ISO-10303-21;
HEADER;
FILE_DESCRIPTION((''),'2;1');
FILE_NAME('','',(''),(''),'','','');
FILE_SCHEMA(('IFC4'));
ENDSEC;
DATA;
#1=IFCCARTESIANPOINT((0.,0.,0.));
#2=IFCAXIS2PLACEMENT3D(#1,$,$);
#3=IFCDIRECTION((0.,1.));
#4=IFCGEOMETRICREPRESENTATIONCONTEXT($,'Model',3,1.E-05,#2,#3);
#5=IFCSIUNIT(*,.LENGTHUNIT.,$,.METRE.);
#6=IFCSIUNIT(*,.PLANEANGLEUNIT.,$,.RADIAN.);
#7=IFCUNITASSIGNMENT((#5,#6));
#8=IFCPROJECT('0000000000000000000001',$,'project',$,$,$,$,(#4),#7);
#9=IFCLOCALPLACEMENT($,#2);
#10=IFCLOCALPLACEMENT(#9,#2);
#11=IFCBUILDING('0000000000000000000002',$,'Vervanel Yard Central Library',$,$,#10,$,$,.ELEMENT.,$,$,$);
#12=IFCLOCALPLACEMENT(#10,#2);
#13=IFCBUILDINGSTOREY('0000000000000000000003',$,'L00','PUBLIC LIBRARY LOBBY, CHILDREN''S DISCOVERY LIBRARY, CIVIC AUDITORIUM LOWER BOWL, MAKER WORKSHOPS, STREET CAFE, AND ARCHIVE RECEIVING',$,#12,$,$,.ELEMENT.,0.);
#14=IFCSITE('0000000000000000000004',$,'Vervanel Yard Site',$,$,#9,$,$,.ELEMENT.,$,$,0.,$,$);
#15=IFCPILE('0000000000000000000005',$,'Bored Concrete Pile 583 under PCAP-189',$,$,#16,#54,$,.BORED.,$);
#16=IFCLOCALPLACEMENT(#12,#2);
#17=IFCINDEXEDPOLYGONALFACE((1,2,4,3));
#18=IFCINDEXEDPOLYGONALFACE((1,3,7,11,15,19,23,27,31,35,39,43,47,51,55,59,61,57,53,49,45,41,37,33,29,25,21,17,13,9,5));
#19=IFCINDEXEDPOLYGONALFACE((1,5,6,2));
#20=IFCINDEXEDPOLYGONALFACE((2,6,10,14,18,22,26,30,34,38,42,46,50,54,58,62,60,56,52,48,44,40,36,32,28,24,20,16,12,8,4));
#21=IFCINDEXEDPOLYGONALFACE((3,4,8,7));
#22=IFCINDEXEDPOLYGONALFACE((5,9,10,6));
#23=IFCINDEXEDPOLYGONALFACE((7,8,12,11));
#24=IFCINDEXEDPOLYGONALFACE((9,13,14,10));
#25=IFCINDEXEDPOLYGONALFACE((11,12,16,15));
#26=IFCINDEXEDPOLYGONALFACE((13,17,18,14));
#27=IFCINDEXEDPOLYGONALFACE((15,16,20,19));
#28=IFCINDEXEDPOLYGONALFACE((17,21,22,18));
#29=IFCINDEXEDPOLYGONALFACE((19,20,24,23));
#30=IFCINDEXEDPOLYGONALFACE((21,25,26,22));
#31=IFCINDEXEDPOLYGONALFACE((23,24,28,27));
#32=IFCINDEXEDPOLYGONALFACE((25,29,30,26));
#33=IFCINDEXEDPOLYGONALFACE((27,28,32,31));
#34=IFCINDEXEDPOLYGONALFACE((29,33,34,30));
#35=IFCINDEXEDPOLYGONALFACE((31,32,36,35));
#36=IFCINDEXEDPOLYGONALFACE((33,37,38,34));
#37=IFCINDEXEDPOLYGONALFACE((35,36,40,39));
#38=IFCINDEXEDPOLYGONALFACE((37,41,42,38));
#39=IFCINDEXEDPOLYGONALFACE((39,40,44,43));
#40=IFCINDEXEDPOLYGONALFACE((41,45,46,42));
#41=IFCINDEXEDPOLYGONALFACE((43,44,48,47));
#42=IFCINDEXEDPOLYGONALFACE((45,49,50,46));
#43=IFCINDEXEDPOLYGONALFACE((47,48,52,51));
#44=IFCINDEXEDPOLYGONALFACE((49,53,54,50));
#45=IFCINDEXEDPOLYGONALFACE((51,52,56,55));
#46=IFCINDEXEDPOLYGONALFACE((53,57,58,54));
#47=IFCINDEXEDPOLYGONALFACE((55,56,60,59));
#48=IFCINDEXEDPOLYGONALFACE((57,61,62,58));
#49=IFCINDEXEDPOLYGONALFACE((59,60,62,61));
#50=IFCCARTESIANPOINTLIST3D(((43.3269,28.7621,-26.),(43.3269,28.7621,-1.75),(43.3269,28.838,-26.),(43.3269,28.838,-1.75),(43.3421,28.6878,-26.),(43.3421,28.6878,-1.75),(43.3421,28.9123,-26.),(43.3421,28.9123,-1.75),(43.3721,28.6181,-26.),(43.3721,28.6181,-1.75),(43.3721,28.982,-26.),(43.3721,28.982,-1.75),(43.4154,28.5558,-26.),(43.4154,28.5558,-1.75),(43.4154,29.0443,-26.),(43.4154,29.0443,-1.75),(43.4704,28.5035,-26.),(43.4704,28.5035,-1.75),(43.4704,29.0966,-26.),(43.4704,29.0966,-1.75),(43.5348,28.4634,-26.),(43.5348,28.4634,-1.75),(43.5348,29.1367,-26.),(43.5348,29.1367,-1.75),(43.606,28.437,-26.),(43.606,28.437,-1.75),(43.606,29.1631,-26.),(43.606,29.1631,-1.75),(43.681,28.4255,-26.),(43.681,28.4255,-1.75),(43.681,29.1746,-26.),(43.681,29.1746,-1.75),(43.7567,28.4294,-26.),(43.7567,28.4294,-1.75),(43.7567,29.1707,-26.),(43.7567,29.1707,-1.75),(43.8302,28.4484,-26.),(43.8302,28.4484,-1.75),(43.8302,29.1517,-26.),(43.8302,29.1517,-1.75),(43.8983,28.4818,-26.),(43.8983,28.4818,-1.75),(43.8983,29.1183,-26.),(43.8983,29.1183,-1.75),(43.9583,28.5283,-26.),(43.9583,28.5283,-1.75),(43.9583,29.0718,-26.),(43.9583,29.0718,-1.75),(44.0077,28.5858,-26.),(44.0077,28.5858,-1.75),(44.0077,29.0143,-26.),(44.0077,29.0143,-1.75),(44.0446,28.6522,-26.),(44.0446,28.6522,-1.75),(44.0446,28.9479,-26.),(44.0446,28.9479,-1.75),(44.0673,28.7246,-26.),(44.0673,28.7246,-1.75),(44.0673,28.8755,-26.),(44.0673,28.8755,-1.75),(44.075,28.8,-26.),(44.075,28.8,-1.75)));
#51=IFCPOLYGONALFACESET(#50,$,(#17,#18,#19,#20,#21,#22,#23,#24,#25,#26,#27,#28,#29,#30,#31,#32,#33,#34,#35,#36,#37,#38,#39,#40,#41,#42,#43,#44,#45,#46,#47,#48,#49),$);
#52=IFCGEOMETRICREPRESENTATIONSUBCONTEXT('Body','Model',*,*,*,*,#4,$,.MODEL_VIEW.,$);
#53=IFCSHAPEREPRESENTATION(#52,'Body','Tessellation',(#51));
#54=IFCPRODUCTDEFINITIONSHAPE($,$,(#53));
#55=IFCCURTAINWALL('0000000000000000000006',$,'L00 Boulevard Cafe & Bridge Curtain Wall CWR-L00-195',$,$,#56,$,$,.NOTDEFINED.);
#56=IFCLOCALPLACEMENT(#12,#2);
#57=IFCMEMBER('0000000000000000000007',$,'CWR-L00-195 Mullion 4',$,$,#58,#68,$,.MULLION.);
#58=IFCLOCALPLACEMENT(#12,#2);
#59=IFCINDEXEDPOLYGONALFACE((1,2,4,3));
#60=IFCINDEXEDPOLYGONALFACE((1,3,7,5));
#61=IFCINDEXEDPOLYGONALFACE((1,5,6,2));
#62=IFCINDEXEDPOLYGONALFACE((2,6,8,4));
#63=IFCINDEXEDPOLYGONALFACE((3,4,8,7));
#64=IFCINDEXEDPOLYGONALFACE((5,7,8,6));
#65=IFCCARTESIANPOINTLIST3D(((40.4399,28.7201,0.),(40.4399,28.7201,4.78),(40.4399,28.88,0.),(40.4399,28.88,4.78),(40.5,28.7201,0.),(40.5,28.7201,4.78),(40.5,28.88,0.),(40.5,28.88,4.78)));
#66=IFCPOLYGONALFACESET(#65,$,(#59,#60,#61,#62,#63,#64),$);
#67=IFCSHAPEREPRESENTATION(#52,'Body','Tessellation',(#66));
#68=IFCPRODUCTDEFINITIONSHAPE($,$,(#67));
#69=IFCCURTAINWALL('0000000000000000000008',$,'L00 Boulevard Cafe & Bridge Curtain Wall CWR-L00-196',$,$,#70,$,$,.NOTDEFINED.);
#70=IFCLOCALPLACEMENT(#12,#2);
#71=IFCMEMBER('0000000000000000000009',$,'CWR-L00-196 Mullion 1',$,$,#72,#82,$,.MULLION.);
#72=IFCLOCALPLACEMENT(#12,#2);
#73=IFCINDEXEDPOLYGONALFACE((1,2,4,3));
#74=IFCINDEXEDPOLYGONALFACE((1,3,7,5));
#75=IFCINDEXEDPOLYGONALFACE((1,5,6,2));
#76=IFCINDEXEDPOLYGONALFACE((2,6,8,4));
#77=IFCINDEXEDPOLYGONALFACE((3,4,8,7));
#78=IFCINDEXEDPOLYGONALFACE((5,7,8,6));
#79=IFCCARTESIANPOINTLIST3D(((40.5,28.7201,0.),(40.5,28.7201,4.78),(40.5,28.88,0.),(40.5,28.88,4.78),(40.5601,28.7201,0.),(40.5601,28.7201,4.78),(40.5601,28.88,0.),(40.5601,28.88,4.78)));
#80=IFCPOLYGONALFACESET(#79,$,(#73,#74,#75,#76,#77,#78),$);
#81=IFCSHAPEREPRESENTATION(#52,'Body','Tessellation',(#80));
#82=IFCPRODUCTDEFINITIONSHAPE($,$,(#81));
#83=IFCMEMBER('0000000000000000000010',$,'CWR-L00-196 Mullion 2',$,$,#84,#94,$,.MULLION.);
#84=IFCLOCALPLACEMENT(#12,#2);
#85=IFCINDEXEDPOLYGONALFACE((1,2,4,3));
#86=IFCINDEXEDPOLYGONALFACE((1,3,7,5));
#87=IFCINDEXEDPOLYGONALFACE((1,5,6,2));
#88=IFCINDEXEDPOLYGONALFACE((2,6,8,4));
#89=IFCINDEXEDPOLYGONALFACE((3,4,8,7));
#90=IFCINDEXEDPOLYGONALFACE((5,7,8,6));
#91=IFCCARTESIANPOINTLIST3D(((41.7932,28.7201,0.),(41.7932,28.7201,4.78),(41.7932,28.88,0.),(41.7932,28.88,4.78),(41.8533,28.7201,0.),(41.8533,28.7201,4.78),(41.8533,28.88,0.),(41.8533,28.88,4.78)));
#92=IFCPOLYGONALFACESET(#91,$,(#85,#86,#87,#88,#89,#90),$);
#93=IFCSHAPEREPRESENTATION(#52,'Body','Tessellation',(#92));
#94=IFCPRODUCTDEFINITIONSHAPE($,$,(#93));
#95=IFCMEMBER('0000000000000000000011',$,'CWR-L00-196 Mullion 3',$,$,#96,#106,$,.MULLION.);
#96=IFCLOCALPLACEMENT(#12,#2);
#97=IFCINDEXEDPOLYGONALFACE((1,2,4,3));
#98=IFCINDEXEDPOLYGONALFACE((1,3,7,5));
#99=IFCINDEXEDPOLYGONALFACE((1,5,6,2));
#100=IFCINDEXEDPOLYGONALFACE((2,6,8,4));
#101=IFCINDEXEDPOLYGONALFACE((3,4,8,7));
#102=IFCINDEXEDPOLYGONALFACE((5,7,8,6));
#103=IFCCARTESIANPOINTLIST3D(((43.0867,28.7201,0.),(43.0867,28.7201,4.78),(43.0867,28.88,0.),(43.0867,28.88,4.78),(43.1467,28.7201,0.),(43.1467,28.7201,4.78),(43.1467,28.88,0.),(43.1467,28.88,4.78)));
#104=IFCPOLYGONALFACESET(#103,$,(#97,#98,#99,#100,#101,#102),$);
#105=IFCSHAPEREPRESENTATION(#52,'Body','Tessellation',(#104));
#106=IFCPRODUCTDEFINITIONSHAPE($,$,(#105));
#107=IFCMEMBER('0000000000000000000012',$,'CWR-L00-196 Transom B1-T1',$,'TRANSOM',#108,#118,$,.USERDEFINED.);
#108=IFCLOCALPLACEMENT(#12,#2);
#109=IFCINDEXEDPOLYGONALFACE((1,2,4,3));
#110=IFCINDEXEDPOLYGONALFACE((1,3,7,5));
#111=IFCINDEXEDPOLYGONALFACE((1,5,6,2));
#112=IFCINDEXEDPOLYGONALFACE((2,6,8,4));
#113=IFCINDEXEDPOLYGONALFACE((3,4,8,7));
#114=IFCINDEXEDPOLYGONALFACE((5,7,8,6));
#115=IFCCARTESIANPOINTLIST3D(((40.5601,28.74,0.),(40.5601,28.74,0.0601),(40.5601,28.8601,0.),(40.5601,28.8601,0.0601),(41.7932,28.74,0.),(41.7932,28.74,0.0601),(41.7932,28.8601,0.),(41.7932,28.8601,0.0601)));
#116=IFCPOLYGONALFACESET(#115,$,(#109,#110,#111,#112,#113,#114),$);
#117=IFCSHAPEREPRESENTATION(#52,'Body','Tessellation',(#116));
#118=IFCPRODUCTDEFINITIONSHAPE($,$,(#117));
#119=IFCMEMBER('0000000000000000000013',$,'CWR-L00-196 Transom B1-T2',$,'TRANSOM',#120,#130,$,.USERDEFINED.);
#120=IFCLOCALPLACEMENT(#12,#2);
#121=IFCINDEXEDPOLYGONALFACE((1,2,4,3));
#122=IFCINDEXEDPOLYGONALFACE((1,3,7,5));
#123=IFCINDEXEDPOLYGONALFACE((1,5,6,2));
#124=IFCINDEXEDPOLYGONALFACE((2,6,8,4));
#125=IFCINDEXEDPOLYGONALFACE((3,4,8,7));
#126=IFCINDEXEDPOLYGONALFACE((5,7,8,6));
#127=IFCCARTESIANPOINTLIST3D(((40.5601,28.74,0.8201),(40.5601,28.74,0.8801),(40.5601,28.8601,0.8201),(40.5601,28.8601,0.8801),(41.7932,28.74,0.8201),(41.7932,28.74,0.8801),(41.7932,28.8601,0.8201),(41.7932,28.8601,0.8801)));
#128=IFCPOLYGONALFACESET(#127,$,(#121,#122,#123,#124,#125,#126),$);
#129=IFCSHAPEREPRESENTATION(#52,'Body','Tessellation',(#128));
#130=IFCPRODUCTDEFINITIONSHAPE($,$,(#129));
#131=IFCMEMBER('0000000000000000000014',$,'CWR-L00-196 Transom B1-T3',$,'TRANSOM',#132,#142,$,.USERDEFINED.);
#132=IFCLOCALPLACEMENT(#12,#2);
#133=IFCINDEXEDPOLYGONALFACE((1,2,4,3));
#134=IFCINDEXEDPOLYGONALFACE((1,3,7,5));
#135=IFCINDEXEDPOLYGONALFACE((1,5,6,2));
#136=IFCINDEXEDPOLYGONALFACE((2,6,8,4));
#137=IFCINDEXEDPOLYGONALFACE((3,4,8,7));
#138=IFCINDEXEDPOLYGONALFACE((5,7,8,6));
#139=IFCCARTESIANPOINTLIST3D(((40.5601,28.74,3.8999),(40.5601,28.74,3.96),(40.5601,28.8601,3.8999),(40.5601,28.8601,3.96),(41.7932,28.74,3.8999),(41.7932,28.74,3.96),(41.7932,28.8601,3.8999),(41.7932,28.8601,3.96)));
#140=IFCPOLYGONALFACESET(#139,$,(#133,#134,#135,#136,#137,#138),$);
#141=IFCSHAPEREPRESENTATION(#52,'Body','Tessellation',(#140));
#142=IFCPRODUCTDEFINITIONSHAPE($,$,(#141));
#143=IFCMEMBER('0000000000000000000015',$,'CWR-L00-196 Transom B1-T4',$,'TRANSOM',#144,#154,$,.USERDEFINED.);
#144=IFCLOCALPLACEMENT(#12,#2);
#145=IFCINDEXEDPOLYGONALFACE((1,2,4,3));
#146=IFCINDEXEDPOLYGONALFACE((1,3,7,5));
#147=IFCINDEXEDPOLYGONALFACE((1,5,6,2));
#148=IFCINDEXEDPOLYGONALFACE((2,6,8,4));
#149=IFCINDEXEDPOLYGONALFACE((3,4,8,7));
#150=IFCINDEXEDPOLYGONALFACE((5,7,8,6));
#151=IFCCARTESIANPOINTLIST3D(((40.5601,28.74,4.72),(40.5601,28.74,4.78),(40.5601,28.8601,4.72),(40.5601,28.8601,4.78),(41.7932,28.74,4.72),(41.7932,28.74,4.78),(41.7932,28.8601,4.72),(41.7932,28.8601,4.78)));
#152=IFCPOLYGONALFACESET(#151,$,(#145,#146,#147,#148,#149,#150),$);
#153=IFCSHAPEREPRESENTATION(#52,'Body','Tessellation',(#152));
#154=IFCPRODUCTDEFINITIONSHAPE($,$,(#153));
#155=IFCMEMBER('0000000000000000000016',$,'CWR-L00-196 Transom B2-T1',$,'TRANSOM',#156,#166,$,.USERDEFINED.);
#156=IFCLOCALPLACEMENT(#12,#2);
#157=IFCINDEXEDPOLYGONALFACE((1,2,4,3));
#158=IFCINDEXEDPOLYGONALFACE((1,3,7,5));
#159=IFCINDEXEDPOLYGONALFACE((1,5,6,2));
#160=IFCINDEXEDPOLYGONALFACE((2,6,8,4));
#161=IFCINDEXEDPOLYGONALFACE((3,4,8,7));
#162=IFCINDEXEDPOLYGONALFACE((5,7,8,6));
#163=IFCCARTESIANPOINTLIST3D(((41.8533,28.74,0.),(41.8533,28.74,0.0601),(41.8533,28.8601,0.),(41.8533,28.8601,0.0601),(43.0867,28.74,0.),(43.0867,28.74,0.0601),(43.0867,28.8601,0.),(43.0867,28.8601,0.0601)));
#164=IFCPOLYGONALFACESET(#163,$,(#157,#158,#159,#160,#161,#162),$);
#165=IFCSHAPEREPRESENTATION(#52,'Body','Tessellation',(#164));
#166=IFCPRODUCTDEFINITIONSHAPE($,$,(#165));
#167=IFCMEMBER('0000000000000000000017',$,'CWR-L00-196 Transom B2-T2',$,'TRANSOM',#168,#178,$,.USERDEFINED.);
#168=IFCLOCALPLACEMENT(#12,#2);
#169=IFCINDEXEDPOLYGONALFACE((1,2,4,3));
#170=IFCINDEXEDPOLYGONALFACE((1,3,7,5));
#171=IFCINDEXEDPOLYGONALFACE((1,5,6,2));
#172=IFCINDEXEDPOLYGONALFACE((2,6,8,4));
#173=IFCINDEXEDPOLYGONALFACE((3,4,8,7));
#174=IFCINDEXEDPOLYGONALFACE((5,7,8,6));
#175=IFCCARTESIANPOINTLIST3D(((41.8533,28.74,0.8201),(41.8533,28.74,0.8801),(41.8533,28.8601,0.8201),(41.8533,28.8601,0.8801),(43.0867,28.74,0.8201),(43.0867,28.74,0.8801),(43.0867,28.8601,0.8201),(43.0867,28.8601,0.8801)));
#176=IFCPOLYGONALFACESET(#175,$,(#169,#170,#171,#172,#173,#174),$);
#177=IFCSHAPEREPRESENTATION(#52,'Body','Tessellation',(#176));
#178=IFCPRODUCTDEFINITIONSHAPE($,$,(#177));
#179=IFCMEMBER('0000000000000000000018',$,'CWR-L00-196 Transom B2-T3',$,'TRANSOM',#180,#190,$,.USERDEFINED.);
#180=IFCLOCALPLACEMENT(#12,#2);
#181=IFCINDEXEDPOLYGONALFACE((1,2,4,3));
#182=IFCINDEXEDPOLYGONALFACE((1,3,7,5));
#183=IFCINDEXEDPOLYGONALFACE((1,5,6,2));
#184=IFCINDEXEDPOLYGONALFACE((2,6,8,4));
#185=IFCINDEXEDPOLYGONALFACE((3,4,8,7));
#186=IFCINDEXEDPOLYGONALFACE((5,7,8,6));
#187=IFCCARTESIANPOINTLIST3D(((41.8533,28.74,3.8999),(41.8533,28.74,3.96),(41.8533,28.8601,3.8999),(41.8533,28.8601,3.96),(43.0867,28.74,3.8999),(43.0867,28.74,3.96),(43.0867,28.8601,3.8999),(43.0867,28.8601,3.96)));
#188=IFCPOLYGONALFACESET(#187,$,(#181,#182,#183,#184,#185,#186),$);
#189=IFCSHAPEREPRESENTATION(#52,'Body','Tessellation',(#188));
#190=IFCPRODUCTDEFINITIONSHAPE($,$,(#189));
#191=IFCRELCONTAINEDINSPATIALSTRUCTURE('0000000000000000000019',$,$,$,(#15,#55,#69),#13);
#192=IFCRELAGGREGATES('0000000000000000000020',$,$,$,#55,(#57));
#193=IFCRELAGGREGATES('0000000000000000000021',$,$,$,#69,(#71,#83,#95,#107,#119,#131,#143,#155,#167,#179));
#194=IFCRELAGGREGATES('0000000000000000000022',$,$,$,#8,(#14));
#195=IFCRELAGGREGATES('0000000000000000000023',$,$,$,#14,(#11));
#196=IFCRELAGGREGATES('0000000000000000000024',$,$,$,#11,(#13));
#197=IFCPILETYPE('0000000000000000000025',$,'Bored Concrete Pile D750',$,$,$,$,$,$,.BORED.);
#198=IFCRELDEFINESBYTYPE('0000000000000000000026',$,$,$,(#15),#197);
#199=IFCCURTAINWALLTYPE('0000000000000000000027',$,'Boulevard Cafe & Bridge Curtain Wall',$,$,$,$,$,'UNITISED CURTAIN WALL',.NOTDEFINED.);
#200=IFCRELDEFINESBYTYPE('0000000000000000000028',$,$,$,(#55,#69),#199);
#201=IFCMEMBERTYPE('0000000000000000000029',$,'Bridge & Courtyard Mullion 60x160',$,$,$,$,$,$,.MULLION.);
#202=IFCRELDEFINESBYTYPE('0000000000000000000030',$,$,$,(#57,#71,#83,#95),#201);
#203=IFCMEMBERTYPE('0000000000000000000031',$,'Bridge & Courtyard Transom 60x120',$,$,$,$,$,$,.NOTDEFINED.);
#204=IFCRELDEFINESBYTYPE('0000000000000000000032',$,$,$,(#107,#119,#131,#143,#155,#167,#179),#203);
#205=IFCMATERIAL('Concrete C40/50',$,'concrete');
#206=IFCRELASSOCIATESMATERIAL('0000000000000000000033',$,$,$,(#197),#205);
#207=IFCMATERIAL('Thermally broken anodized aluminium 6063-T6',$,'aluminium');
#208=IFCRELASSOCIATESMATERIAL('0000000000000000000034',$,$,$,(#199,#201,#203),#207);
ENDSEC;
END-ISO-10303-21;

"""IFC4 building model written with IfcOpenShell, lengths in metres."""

from ifc_helpers import new_model, si_unit, direction, frame, origin, origin_2d, place, context, subcontext, project, spatial, rectangle, circle, extrude, material, material_profile, profile_set, type_object, element, aggregate, save


model = new_model("IFC4")

# Units and contexts
model_context = context("Model", 3, precision=1e-05, world=origin(), true_north=direction((0.0, 1.0)))
body_context = subcontext(model_context, "Body", "Model", "MODEL_VIEW")
ifc_project = project(units=[si_unit("LENGTHUNIT", "METRE"), si_unit("PLANEANGLEUNIT", "RADIAN")], contexts=[model_context])

# Site, building, storey
site_placement = place(None, origin())
site = spatial("IfcSite", under=ifc_project, at=site_placement, Name="Vervanel Yard Site", CompositionType="ELEMENT", RefElevation=0.0)
building_placement = place(site_placement, origin())
building = spatial("IfcBuilding", under=site, at=building_placement, Name="Vervanel Yard Central Library", CompositionType="ELEMENT")
storey_placement = place(building_placement, origin())
storey = spatial("IfcBuildingStorey", under=building, at=storey_placement, Name="L00", Description="PUBLIC LIBRARY LOBBY, CHILDREN'S DISCOVERY LIBRARY, CIVIC AUDITORIUM LOWER BOWL, MAKER WORKSHOPS, STREET CAFE, AND ARCHIVE RECEIVING", CompositionType="ELEMENT", Elevation=0.0)

# Pile
ifc_material_1 = material(Name="Concrete C40/50", Category="concrete")
ifc_material_profile_1 = material_profile(ifc_material_1, circle(Radius=0.375, at=origin_2d()), Name="BP D750", Category="concrete")
ifc_profile_set_1 = profile_set([ifc_material_profile_1], Name="Concrete C40/50")
pile_type = type_object("IfcPileType", Name="Bored Concrete Pile D750", PredefinedType="BORED", material=ifc_profile_set_1)
pile_placement = place(storey_placement, frame((43.7, 28.8, -1.75), z_axis=(0.0, 0.0, -1.0), x_axis=(1.0, 0.0, 0.0)))
element("IfcPile", 1, at=pile_placement, inside=storey, type_object=pile_type, Name="Bored Concrete Pile 583 under PCAP-189", PredefinedType="BORED", context=body_context, shape_type="SweptSolid", body=[
    extrude(circle(Radius=0.375, at=origin_2d()), origin(), (0.0, 0.0, 1.0), 24.25),
])

# Curtain wall, member
ifc_material_2 = material(Name="Thermally broken anodized aluminium 6063-T6", Category="aluminium")
curtain_wall_type = type_object("IfcCurtainWallType", Name="Boulevard Cafe & Bridge Curtain Wall", ElementType="UNITISED CURTAIN WALL", PredefinedType="NOTDEFINED", material=ifc_material_2)
curtain_wall_1_placement = place(storey_placement, origin())
curtain_wall_1 = element("IfcCurtainWall", 2, at=curtain_wall_1_placement, inside=storey, type_object=curtain_wall_type, Name="L00 Boulevard Cafe & Bridge Curtain Wall CWR-L00-195", PredefinedType="NOTDEFINED")
ifc_material_profile_2 = material_profile(ifc_material_2, rectangle(XDim=0.0601, YDim=0.1599, at=origin_2d()), Name="ALU 60x160", Category="aluminium")
ifc_profile_set_2 = profile_set([ifc_material_profile_2], Name="Thermally broken anodized aluminium 6063-T6")
member_type_1 = type_object("IfcMemberType", Name="Bridge & Courtyard Mullion 60x160", PredefinedType="MULLION", material=ifc_profile_set_2)
member_1_placement = place(storey_placement, frame((40.47, 28.8, 0.0), z_axis=(0.0, 0.0, 1.0), x_axis=(1.0, 0.0, 0.0)))
member_1 = element("IfcMember", 3, at=member_1_placement, type_object=member_type_1, Name="CWR-L00-195 Mullion 4", PredefinedType="MULLION", context=body_context, shape_type="SweptSolid", body=[
    extrude(rectangle(XDim=0.0601, YDim=0.1599, at=origin_2d()), origin(), (0.0, 0.0, 1.0), 4.78),
])
aggregate(curtain_wall_1, [member_1])

# Curtain wall, members
curtain_wall_2_placement = place(storey_placement, origin())
curtain_wall_2 = element("IfcCurtainWall", 4, at=curtain_wall_2_placement, inside=storey, type_object=curtain_wall_type, Name="L00 Boulevard Cafe & Bridge Curtain Wall CWR-L00-196", PredefinedType="NOTDEFINED")
member_2_placement = place(storey_placement, frame((40.53, 28.8, 0.0), z_axis=(0.0, 0.0, 1.0), x_axis=(1.0, 0.0, 0.0)))
member_2 = element("IfcMember", 5, at=member_2_placement, type_object=member_type_1, Name="CWR-L00-196 Mullion 1", PredefinedType="MULLION", context=body_context, shape_type="SweptSolid", body=[
    extrude(rectangle(XDim=0.0601, YDim=0.1599, at=origin_2d()), origin(), (0.0, 0.0, 1.0), 4.78),
])
member_3_placement = place(storey_placement, frame((41.8232, 28.8, 0.0), z_axis=(0.0, 0.0, 1.0), x_axis=(1.0, 0.0, 0.0)))
member_3 = element("IfcMember", 6, at=member_3_placement, type_object=member_type_1, Name="CWR-L00-196 Mullion 2", PredefinedType="MULLION", context=body_context, shape_type="SweptSolid", body=[
    extrude(rectangle(XDim=0.0601, YDim=0.1599, at=origin_2d()), origin(), (0.0, 0.0, 1.0), 4.78),
])
member_4_placement = place(storey_placement, frame((43.1167, 28.8, 0.0), z_axis=(0.0, 0.0, 1.0), x_axis=(1.0, 0.0, 0.0)))
member_4 = element("IfcMember", 7, at=member_4_placement, type_object=member_type_1, Name="CWR-L00-196 Mullion 3", PredefinedType="MULLION", context=body_context, shape_type="SweptSolid", body=[
    extrude(rectangle(XDim=0.0601, YDim=0.1599, at=origin_2d()), origin(), (0.0, 0.0, 1.0), 4.78),
])
ifc_material_profile_3 = material_profile(ifc_material_2, rectangle(XDim=0.0601, YDim=0.1201, at=origin_2d()), Name="ALU 60x120", Category="aluminium")
ifc_profile_set_3 = profile_set([ifc_material_profile_3], Name="Thermally broken anodized aluminium 6063-T6")
member_type_2 = type_object("IfcMemberType", Name="Bridge & Courtyard Transom 60x120", PredefinedType="NOTDEFINED", material=ifc_profile_set_3)
member_5_placement = place(storey_placement, frame((40.5601, 28.8, 0.03), z_axis=(1.0, 0.0, 0.0), x_axis=(0.0, 0.0, 1.0)))
member_5 = element("IfcMember", 8, at=member_5_placement, type_object=member_type_2, Name="CWR-L00-196 Transom B1-T1", ObjectType="TRANSOM", PredefinedType="USERDEFINED", context=body_context, shape_type="SweptSolid", body=[
    extrude(rectangle(XDim=0.0601, YDim=0.1201, at=origin_2d()), origin(), (0.0, 0.0, 1.0), 1.2332),
])
member_6_placement = place(storey_placement, frame((40.5601, 28.8, 0.8501), z_axis=(1.0, 0.0, 0.0), x_axis=(0.0, 0.0, 1.0)))
member_6 = element("IfcMember", 9, at=member_6_placement, type_object=member_type_2, Name="CWR-L00-196 Transom B1-T2", ObjectType="TRANSOM", PredefinedType="USERDEFINED", context=body_context, shape_type="SweptSolid", body=[
    extrude(rectangle(XDim=0.0601, YDim=0.1201, at=origin_2d()), origin(), (0.0, 0.0, 1.0), 1.2332),
])
member_7_placement = place(storey_placement, frame((40.5601, 28.8, 3.9299), z_axis=(1.0, 0.0, 0.0), x_axis=(0.0, 0.0, 1.0)))
member_7 = element("IfcMember", 10, at=member_7_placement, type_object=member_type_2, Name="CWR-L00-196 Transom B1-T3", ObjectType="TRANSOM", PredefinedType="USERDEFINED", context=body_context, shape_type="SweptSolid", body=[
    extrude(rectangle(XDim=0.0601, YDim=0.1201, at=origin_2d()), origin(), (0.0, 0.0, 1.0), 1.2332),
])
member_8_placement = place(storey_placement, frame((40.5601, 28.8, 4.75), z_axis=(1.0, 0.0, 0.0), x_axis=(0.0, 0.0, 1.0)))
member_8 = element("IfcMember", 11, at=member_8_placement, type_object=member_type_2, Name="CWR-L00-196 Transom B1-T4", ObjectType="TRANSOM", PredefinedType="USERDEFINED", context=body_context, shape_type="SweptSolid", body=[
    extrude(rectangle(XDim=0.0601, YDim=0.1201, at=origin_2d()), origin(), (0.0, 0.0, 1.0), 1.2332),
])
member_9_placement = place(storey_placement, frame((41.8533, 28.8, 0.03), z_axis=(1.0, 0.0, 0.0), x_axis=(0.0, 0.0, 1.0)))
member_9 = element("IfcMember", 12, at=member_9_placement, type_object=member_type_2, Name="CWR-L00-196 Transom B2-T1", ObjectType="TRANSOM", PredefinedType="USERDEFINED", context=body_context, shape_type="SweptSolid", body=[
    extrude(rectangle(XDim=0.0601, YDim=0.1201, at=origin_2d()), origin(), (0.0, 0.0, 1.0), 1.2334),
])
member_10_placement = place(storey_placement, frame((41.8533, 28.8, 0.8501), z_axis=(1.0, 0.0, 0.0), x_axis=(0.0, 0.0, 1.0)))
member_10 = element("IfcMember", 13, at=member_10_placement, type_object=member_type_2, Name="CWR-L00-196 Transom B2-T2", ObjectType="TRANSOM", PredefinedType="USERDEFINED", context=body_context, shape_type="SweptSolid", body=[
    extrude(rectangle(XDim=0.0601, YDim=0.1201, at=origin_2d()), origin(), (0.0, 0.0, 1.0), 1.2334),
])
member_11_placement = place(storey_placement, frame((41.8533, 28.8, 3.9299), z_axis=(1.0, 0.0, 0.0), x_axis=(0.0, 0.0, 1.0)))
member_11 = element("IfcMember", 14, at=member_11_placement, type_object=member_type_2, Name="CWR-L00-196 Transom B2-T3", ObjectType="TRANSOM", PredefinedType="USERDEFINED", context=body_context, shape_type="SweptSolid", body=[
    extrude(rectangle(XDim=0.0601, YDim=0.1201, at=origin_2d()), origin(), (0.0, 0.0, 1.0), 1.2334),
])
aggregate(curtain_wall_2, [member_2, member_3, member_4, member_5, member_6, member_7, member_8, member_9, member_10, member_11])

save(model, "model.ifc")
